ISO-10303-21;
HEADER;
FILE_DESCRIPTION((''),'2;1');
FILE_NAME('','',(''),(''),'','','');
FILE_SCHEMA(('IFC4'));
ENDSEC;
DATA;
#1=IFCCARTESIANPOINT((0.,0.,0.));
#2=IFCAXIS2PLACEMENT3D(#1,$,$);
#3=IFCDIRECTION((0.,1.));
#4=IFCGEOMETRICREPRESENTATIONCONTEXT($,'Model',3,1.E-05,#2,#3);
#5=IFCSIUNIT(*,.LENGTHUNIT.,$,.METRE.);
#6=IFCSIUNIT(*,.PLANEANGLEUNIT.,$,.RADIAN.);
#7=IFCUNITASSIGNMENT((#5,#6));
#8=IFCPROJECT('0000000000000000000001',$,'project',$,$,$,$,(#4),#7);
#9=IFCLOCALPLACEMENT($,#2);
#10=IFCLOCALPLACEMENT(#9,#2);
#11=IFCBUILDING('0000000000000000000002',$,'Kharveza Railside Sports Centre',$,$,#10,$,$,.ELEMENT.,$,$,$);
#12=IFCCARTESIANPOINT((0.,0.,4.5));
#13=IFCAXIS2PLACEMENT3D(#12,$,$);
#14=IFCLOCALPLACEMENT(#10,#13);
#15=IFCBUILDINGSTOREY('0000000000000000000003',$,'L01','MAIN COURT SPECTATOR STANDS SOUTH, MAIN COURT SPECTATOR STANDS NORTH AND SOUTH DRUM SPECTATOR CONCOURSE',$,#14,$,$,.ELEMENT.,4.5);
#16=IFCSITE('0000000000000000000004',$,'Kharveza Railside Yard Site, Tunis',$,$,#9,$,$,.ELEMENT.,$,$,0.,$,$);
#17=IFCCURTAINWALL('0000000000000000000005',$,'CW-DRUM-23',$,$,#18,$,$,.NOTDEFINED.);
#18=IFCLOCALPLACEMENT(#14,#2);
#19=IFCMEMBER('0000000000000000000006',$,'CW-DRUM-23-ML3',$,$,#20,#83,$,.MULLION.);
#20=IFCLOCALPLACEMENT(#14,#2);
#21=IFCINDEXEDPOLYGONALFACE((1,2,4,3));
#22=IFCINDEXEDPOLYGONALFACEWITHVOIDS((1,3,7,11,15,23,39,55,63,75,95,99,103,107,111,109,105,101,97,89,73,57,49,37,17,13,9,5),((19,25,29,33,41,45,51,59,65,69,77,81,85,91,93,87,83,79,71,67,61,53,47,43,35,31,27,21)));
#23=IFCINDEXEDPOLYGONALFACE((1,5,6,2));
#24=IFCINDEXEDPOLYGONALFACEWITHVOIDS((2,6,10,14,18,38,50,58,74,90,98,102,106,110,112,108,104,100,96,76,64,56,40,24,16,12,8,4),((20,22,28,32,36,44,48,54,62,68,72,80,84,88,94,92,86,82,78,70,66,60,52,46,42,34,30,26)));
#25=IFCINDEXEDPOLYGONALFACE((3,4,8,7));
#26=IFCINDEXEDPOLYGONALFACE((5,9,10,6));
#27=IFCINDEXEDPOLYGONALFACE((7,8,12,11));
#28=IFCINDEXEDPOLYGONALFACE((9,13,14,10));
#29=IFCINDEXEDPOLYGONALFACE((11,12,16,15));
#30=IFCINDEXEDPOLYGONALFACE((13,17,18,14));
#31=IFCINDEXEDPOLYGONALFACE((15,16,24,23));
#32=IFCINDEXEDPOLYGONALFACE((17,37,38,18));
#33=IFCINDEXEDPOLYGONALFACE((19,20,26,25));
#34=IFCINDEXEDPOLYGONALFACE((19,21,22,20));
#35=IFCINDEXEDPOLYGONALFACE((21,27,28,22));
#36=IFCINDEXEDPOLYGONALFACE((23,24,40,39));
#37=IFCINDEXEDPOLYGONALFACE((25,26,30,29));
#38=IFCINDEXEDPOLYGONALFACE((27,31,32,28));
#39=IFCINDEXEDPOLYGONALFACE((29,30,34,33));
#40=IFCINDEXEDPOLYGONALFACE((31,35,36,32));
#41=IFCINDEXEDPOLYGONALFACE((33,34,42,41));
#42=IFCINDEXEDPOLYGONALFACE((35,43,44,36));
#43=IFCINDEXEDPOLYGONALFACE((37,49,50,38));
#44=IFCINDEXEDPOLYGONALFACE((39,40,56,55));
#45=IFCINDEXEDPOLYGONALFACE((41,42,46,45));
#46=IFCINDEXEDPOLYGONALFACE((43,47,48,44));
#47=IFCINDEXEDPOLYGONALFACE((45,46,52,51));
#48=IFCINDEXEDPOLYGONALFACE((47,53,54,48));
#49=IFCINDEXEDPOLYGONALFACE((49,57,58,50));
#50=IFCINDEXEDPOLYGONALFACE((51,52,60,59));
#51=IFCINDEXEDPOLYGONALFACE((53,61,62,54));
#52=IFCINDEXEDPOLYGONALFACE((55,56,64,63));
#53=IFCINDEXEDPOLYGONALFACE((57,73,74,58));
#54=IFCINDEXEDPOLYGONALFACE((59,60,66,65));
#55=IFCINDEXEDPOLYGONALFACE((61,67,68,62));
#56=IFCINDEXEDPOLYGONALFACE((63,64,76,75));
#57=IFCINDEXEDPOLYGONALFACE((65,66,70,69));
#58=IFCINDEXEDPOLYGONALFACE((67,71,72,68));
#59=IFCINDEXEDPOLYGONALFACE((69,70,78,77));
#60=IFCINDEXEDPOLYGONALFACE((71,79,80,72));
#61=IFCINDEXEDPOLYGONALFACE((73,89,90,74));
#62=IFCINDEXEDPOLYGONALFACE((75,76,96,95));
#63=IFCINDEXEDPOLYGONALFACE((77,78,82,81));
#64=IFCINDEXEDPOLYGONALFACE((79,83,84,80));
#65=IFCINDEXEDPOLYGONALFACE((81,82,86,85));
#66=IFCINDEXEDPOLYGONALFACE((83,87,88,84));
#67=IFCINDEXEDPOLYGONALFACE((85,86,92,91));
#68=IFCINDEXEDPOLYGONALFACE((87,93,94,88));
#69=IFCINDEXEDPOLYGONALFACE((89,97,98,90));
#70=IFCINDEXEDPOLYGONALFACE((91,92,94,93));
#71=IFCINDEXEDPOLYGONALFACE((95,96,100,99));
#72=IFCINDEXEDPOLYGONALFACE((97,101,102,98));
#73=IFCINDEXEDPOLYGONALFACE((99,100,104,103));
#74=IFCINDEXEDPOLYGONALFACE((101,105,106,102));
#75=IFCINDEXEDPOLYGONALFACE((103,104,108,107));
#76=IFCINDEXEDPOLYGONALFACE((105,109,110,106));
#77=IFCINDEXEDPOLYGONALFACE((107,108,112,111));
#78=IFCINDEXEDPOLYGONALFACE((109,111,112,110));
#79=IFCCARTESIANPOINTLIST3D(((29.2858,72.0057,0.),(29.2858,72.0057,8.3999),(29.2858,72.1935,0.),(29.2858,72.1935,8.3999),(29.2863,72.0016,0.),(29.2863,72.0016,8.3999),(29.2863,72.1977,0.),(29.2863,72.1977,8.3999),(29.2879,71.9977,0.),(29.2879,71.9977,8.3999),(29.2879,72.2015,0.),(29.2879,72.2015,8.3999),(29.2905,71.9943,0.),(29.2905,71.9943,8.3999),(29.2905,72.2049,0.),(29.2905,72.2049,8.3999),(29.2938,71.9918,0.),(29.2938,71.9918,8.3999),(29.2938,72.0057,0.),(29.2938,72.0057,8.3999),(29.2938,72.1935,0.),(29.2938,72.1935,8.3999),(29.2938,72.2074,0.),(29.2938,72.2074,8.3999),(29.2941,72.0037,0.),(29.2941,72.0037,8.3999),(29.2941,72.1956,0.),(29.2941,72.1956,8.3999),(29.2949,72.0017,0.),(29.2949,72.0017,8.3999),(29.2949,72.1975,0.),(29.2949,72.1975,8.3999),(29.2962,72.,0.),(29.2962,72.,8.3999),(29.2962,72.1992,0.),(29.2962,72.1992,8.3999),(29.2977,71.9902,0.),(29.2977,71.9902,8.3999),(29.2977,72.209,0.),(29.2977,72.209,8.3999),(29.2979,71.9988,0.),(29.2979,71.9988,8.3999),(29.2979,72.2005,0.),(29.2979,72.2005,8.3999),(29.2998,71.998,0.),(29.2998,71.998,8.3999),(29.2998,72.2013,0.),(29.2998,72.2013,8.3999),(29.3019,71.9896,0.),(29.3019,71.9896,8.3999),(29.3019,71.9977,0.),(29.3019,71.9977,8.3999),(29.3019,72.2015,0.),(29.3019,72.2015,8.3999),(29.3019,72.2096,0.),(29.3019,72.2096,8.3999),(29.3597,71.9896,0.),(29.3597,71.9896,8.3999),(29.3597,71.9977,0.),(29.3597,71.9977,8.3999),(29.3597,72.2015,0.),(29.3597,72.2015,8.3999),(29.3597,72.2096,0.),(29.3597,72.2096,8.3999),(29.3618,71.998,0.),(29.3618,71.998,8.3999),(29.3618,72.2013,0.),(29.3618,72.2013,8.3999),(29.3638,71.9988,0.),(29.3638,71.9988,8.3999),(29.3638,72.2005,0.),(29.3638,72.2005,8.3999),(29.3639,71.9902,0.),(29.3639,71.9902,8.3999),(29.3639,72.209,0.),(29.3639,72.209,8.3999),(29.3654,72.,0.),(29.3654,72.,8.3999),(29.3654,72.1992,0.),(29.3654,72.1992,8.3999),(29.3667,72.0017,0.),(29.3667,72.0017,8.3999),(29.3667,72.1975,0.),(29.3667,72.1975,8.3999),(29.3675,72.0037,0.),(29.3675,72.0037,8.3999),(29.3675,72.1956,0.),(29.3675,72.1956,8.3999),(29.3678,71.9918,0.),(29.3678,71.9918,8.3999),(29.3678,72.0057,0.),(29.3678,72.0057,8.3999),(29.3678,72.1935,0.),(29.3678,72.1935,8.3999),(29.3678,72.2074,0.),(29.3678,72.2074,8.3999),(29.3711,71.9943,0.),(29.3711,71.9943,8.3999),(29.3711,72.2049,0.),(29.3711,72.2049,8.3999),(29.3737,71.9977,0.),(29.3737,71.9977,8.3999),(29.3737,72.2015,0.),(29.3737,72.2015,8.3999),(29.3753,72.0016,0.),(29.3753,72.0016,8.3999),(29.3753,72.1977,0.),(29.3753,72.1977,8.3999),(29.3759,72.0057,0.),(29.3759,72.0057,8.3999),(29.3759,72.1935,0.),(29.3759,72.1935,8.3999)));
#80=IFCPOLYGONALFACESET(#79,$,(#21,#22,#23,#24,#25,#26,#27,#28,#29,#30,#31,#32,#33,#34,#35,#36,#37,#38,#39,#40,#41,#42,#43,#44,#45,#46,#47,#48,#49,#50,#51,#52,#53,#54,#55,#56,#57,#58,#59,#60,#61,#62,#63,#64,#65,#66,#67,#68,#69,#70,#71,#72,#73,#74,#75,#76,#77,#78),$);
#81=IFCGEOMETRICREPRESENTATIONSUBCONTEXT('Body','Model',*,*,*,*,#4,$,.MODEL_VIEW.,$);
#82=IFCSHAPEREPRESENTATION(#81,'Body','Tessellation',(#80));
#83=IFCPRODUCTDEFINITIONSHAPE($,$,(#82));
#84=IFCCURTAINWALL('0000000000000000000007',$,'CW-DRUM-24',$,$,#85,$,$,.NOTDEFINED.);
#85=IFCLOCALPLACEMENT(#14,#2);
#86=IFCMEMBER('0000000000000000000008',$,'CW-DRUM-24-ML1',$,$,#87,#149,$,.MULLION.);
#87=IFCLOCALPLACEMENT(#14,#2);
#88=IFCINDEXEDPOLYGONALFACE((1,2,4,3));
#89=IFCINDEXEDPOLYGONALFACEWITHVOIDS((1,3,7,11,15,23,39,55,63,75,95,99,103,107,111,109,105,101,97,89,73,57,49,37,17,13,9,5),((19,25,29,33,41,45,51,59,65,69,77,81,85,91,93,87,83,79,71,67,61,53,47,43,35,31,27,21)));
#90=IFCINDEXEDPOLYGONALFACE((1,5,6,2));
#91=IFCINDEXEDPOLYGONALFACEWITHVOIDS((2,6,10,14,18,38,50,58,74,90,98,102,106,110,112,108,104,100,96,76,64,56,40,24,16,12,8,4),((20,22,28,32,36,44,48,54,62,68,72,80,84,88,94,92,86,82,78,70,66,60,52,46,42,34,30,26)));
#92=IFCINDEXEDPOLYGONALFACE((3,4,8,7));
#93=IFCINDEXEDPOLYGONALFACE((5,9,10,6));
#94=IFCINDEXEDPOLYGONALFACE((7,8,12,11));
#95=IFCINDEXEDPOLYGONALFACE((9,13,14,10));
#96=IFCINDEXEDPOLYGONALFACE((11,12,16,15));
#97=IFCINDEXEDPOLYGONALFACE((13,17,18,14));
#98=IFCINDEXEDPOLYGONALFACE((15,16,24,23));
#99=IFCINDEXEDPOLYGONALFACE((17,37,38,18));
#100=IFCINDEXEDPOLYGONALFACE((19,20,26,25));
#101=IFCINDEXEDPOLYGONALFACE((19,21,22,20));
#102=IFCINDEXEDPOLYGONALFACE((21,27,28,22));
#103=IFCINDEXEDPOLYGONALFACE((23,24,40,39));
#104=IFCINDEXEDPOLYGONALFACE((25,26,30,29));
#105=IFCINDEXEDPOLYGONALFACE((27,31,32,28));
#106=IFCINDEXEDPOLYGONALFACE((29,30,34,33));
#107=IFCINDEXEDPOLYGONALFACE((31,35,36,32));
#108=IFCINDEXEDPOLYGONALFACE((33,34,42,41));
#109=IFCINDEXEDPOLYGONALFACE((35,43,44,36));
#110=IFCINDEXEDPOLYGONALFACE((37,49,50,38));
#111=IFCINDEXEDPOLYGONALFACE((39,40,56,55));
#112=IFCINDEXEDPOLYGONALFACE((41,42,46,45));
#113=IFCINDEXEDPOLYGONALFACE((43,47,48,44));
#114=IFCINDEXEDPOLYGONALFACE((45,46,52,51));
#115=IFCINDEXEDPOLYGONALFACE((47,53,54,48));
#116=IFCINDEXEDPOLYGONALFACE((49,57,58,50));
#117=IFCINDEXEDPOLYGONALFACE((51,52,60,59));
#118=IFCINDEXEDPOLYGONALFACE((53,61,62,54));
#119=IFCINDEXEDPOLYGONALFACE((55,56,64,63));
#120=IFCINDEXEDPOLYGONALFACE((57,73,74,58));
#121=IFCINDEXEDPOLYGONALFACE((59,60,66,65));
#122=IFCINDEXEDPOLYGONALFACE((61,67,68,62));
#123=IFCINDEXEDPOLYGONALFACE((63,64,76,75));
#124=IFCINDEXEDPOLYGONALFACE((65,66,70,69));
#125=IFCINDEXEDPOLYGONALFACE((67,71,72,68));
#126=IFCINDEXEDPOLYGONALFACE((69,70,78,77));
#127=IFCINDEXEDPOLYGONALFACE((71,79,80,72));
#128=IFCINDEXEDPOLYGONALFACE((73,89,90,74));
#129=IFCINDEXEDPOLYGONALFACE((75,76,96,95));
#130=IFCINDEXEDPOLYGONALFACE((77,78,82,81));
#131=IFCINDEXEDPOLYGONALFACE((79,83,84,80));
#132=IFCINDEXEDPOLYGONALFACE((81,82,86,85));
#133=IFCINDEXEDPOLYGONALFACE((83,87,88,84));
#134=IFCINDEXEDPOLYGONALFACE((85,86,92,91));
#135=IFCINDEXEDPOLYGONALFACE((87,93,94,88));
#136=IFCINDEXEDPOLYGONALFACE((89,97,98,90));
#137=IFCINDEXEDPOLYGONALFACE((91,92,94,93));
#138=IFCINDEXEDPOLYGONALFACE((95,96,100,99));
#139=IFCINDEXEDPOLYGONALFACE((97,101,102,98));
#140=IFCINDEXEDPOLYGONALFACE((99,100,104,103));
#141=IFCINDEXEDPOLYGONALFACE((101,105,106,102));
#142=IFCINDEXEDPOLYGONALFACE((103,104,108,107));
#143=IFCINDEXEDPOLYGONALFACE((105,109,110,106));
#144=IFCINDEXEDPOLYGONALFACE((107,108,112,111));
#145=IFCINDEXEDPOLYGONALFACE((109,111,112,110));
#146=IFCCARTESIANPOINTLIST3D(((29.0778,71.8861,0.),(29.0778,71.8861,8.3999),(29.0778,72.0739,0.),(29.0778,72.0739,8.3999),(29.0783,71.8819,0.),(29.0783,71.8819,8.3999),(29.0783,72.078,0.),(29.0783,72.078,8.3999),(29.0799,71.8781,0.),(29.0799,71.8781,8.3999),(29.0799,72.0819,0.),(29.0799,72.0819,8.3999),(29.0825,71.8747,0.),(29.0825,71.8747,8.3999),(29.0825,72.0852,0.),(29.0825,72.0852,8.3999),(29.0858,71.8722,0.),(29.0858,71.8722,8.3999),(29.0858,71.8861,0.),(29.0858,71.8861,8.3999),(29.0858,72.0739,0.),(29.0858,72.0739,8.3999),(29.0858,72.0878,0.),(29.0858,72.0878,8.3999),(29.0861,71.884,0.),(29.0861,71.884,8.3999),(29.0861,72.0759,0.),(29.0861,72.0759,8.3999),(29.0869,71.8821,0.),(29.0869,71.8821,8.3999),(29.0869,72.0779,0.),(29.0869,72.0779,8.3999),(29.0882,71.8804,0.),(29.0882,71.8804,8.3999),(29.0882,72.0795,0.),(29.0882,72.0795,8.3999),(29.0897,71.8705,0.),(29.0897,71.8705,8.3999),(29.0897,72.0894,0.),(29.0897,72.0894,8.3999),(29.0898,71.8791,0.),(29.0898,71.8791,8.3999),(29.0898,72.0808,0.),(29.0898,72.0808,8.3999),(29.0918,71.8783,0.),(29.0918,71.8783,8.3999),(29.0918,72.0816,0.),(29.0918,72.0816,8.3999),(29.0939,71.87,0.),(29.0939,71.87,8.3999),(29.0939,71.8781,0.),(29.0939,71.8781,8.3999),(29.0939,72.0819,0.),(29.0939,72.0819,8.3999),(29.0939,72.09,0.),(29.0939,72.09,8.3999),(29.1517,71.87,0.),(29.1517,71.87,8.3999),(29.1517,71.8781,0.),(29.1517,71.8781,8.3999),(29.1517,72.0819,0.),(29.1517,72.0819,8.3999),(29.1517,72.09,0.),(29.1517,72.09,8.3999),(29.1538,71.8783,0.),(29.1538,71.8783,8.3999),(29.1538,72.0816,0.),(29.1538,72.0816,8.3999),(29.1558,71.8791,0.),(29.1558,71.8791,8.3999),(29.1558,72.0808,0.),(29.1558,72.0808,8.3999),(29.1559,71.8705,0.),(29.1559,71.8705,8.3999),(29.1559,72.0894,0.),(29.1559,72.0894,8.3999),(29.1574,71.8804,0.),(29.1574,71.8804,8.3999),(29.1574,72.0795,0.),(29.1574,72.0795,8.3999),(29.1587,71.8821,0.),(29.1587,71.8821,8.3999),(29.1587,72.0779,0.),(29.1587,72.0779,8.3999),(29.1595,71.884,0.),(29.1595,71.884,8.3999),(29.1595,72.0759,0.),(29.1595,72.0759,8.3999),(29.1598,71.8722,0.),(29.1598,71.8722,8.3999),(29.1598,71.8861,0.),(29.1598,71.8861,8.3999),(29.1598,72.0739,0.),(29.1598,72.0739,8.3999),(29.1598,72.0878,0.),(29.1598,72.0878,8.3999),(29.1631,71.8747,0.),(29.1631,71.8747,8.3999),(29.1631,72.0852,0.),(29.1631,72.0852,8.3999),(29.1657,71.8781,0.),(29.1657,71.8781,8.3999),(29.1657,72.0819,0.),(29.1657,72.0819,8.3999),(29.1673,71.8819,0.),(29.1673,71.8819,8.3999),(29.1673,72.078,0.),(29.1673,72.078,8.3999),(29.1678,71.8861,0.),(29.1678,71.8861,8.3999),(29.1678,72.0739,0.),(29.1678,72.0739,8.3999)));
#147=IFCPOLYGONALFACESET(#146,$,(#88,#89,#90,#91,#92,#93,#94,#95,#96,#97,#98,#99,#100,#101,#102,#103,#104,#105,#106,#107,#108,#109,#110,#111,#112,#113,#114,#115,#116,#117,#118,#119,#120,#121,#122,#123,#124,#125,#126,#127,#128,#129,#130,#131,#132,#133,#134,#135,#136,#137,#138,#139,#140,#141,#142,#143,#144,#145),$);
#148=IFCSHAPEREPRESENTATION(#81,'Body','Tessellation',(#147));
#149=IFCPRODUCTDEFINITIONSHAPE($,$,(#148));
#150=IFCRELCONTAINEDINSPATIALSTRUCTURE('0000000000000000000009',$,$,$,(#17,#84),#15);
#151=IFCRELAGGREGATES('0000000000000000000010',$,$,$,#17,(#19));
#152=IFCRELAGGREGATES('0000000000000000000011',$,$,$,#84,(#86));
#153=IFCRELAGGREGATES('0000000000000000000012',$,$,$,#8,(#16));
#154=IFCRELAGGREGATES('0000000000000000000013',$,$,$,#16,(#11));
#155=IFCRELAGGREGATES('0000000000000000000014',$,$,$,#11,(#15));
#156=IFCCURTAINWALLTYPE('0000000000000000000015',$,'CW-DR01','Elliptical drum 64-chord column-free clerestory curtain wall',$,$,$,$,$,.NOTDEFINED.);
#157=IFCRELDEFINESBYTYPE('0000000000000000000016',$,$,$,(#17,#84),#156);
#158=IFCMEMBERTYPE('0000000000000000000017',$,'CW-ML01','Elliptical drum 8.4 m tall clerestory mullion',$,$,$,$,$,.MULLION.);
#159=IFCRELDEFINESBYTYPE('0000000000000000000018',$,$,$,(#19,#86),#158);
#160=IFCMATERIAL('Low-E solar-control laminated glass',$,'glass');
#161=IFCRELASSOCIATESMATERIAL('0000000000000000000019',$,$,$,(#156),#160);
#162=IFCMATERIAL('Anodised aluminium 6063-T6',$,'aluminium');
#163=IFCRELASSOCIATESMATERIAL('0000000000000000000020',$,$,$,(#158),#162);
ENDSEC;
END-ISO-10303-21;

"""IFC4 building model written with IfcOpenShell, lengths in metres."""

from ifc_helpers import new_model, si_unit, direction, frame, origin, origin_2d, place, context, subcontext, project, spatial, hollow_rectangle, extrude, material, material_profile, profile_set, type_object, element, aggregate, save


model = new_model("IFC4")

# Units and contexts
model_context = context("Model", 3, precision=1e-05, world=origin(), true_north=direction((0.0, 1.0)))
body_context = subcontext(model_context, "Body", "Model", "MODEL_VIEW")
ifc_project = project(units=[si_unit("LENGTHUNIT", "METRE"), si_unit("PLANEANGLEUNIT", "RADIAN")], contexts=[model_context])

# Site, building, storey
site_placement = place(None, origin())
site = spatial("IfcSite", under=ifc_project, at=site_placement, Name="Kharveza Railside Yard Site, Tunis", CompositionType="ELEMENT", RefElevation=0.0)
building_placement = place(site_placement, origin())
building = spatial("IfcBuilding", under=site, at=building_placement, Name="Kharveza Railside Sports Centre", CompositionType="ELEMENT")
storey_placement = place(building_placement, frame((0.0, 0.0, 4.5)))
storey = spatial("IfcBuildingStorey", under=building, at=storey_placement, Name="L01", Description="MAIN COURT SPECTATOR STANDS SOUTH, MAIN COURT SPECTATOR STANDS NORTH AND SOUTH DRUM SPECTATOR CONCOURSE", CompositionType="ELEMENT", Elevation=4.5)

# Curtain walls, members
ifc_material_1 = material(Name="Low-E solar-control laminated glass", Category="glass")
curtain_wall_type = type_object("IfcCurtainWallType", Name="CW-DR01", Description="Elliptical drum 64-chord column-free clerestory curtain wall", PredefinedType="NOTDEFINED", material=ifc_material_1)
curtain_wall_1_placement = place(storey_placement, origin())
curtain_wall_1 = element("IfcCurtainWall", 1, at=curtain_wall_1_placement, inside=storey, type_object=curtain_wall_type, Name="CW-DRUM-23", PredefinedType="NOTDEFINED")
ifc_material_2 = material(Name="Anodised aluminium 6063-T6", Category="aluminium")
ifc_material_profile_1 = material_profile(ifc_material_2, hollow_rectangle(XDim=0.0901, YDim=0.22, WallThickness=0.0081, InnerFilletRadius=0.0081, OuterFilletRadius=0.0161, at=origin_2d()), Name="RHS 90x220x8.0")
ifc_profile_set_1 = profile_set([ifc_material_profile_1], Name="Anodised aluminium 6063-T6")
member_type_1 = type_object("IfcMemberType", Name="CW-ML01", Description="Elliptical drum 8.4 m tall clerestory mullion", PredefinedType="MULLION", material=ifc_profile_set_1)
member_1_placement = place(storey_placement, frame((29.3308, 72.0996, 0.0), z_axis=(0.0, 0.0, 1.0), x_axis=(1.0, 0.0, 0.0)))
member_1 = element("IfcMember", 2, at=member_1_placement, type_object=member_type_1, Name="CW-DRUM-23-ML3", PredefinedType="MULLION", context=body_context, shape_type="SweptSolid", body=[
    extrude(hollow_rectangle(XDim=0.0901, YDim=0.22, WallThickness=0.0081, InnerFilletRadius=0.0081, OuterFilletRadius=0.0161, at=origin_2d()), origin(), (0.0, 0.0, 1.0), 8.3999),
])
curtain_wall_2_placement = place(storey_placement, origin())
curtain_wall_2 = element("IfcCurtainWall", 3, at=curtain_wall_2_placement, inside=storey, type_object=curtain_wall_type, Name="CW-DRUM-24", PredefinedType="NOTDEFINED")
member_2_placement = place(storey_placement, frame((29.1228, 71.98, 0.0), z_axis=(0.0, 0.0, 1.0), x_axis=(1.0, 0.0, 0.0)))
member_2 = element("IfcMember", 4, at=member_2_placement, type_object=member_type_1, Name="CW-DRUM-24-ML1", PredefinedType="MULLION", context=body_context, shape_type="SweptSolid", body=[
    extrude(hollow_rectangle(XDim=0.0901, YDim=0.22, WallThickness=0.0081, InnerFilletRadius=0.0081, OuterFilletRadius=0.0161, at=origin_2d()), origin(), (0.0, 0.0, 1.0), 8.3999),
])

aggregate(curtain_wall_1, [member_1])
aggregate(curtain_wall_2, [member_2])

save(model, "model.ifc")
